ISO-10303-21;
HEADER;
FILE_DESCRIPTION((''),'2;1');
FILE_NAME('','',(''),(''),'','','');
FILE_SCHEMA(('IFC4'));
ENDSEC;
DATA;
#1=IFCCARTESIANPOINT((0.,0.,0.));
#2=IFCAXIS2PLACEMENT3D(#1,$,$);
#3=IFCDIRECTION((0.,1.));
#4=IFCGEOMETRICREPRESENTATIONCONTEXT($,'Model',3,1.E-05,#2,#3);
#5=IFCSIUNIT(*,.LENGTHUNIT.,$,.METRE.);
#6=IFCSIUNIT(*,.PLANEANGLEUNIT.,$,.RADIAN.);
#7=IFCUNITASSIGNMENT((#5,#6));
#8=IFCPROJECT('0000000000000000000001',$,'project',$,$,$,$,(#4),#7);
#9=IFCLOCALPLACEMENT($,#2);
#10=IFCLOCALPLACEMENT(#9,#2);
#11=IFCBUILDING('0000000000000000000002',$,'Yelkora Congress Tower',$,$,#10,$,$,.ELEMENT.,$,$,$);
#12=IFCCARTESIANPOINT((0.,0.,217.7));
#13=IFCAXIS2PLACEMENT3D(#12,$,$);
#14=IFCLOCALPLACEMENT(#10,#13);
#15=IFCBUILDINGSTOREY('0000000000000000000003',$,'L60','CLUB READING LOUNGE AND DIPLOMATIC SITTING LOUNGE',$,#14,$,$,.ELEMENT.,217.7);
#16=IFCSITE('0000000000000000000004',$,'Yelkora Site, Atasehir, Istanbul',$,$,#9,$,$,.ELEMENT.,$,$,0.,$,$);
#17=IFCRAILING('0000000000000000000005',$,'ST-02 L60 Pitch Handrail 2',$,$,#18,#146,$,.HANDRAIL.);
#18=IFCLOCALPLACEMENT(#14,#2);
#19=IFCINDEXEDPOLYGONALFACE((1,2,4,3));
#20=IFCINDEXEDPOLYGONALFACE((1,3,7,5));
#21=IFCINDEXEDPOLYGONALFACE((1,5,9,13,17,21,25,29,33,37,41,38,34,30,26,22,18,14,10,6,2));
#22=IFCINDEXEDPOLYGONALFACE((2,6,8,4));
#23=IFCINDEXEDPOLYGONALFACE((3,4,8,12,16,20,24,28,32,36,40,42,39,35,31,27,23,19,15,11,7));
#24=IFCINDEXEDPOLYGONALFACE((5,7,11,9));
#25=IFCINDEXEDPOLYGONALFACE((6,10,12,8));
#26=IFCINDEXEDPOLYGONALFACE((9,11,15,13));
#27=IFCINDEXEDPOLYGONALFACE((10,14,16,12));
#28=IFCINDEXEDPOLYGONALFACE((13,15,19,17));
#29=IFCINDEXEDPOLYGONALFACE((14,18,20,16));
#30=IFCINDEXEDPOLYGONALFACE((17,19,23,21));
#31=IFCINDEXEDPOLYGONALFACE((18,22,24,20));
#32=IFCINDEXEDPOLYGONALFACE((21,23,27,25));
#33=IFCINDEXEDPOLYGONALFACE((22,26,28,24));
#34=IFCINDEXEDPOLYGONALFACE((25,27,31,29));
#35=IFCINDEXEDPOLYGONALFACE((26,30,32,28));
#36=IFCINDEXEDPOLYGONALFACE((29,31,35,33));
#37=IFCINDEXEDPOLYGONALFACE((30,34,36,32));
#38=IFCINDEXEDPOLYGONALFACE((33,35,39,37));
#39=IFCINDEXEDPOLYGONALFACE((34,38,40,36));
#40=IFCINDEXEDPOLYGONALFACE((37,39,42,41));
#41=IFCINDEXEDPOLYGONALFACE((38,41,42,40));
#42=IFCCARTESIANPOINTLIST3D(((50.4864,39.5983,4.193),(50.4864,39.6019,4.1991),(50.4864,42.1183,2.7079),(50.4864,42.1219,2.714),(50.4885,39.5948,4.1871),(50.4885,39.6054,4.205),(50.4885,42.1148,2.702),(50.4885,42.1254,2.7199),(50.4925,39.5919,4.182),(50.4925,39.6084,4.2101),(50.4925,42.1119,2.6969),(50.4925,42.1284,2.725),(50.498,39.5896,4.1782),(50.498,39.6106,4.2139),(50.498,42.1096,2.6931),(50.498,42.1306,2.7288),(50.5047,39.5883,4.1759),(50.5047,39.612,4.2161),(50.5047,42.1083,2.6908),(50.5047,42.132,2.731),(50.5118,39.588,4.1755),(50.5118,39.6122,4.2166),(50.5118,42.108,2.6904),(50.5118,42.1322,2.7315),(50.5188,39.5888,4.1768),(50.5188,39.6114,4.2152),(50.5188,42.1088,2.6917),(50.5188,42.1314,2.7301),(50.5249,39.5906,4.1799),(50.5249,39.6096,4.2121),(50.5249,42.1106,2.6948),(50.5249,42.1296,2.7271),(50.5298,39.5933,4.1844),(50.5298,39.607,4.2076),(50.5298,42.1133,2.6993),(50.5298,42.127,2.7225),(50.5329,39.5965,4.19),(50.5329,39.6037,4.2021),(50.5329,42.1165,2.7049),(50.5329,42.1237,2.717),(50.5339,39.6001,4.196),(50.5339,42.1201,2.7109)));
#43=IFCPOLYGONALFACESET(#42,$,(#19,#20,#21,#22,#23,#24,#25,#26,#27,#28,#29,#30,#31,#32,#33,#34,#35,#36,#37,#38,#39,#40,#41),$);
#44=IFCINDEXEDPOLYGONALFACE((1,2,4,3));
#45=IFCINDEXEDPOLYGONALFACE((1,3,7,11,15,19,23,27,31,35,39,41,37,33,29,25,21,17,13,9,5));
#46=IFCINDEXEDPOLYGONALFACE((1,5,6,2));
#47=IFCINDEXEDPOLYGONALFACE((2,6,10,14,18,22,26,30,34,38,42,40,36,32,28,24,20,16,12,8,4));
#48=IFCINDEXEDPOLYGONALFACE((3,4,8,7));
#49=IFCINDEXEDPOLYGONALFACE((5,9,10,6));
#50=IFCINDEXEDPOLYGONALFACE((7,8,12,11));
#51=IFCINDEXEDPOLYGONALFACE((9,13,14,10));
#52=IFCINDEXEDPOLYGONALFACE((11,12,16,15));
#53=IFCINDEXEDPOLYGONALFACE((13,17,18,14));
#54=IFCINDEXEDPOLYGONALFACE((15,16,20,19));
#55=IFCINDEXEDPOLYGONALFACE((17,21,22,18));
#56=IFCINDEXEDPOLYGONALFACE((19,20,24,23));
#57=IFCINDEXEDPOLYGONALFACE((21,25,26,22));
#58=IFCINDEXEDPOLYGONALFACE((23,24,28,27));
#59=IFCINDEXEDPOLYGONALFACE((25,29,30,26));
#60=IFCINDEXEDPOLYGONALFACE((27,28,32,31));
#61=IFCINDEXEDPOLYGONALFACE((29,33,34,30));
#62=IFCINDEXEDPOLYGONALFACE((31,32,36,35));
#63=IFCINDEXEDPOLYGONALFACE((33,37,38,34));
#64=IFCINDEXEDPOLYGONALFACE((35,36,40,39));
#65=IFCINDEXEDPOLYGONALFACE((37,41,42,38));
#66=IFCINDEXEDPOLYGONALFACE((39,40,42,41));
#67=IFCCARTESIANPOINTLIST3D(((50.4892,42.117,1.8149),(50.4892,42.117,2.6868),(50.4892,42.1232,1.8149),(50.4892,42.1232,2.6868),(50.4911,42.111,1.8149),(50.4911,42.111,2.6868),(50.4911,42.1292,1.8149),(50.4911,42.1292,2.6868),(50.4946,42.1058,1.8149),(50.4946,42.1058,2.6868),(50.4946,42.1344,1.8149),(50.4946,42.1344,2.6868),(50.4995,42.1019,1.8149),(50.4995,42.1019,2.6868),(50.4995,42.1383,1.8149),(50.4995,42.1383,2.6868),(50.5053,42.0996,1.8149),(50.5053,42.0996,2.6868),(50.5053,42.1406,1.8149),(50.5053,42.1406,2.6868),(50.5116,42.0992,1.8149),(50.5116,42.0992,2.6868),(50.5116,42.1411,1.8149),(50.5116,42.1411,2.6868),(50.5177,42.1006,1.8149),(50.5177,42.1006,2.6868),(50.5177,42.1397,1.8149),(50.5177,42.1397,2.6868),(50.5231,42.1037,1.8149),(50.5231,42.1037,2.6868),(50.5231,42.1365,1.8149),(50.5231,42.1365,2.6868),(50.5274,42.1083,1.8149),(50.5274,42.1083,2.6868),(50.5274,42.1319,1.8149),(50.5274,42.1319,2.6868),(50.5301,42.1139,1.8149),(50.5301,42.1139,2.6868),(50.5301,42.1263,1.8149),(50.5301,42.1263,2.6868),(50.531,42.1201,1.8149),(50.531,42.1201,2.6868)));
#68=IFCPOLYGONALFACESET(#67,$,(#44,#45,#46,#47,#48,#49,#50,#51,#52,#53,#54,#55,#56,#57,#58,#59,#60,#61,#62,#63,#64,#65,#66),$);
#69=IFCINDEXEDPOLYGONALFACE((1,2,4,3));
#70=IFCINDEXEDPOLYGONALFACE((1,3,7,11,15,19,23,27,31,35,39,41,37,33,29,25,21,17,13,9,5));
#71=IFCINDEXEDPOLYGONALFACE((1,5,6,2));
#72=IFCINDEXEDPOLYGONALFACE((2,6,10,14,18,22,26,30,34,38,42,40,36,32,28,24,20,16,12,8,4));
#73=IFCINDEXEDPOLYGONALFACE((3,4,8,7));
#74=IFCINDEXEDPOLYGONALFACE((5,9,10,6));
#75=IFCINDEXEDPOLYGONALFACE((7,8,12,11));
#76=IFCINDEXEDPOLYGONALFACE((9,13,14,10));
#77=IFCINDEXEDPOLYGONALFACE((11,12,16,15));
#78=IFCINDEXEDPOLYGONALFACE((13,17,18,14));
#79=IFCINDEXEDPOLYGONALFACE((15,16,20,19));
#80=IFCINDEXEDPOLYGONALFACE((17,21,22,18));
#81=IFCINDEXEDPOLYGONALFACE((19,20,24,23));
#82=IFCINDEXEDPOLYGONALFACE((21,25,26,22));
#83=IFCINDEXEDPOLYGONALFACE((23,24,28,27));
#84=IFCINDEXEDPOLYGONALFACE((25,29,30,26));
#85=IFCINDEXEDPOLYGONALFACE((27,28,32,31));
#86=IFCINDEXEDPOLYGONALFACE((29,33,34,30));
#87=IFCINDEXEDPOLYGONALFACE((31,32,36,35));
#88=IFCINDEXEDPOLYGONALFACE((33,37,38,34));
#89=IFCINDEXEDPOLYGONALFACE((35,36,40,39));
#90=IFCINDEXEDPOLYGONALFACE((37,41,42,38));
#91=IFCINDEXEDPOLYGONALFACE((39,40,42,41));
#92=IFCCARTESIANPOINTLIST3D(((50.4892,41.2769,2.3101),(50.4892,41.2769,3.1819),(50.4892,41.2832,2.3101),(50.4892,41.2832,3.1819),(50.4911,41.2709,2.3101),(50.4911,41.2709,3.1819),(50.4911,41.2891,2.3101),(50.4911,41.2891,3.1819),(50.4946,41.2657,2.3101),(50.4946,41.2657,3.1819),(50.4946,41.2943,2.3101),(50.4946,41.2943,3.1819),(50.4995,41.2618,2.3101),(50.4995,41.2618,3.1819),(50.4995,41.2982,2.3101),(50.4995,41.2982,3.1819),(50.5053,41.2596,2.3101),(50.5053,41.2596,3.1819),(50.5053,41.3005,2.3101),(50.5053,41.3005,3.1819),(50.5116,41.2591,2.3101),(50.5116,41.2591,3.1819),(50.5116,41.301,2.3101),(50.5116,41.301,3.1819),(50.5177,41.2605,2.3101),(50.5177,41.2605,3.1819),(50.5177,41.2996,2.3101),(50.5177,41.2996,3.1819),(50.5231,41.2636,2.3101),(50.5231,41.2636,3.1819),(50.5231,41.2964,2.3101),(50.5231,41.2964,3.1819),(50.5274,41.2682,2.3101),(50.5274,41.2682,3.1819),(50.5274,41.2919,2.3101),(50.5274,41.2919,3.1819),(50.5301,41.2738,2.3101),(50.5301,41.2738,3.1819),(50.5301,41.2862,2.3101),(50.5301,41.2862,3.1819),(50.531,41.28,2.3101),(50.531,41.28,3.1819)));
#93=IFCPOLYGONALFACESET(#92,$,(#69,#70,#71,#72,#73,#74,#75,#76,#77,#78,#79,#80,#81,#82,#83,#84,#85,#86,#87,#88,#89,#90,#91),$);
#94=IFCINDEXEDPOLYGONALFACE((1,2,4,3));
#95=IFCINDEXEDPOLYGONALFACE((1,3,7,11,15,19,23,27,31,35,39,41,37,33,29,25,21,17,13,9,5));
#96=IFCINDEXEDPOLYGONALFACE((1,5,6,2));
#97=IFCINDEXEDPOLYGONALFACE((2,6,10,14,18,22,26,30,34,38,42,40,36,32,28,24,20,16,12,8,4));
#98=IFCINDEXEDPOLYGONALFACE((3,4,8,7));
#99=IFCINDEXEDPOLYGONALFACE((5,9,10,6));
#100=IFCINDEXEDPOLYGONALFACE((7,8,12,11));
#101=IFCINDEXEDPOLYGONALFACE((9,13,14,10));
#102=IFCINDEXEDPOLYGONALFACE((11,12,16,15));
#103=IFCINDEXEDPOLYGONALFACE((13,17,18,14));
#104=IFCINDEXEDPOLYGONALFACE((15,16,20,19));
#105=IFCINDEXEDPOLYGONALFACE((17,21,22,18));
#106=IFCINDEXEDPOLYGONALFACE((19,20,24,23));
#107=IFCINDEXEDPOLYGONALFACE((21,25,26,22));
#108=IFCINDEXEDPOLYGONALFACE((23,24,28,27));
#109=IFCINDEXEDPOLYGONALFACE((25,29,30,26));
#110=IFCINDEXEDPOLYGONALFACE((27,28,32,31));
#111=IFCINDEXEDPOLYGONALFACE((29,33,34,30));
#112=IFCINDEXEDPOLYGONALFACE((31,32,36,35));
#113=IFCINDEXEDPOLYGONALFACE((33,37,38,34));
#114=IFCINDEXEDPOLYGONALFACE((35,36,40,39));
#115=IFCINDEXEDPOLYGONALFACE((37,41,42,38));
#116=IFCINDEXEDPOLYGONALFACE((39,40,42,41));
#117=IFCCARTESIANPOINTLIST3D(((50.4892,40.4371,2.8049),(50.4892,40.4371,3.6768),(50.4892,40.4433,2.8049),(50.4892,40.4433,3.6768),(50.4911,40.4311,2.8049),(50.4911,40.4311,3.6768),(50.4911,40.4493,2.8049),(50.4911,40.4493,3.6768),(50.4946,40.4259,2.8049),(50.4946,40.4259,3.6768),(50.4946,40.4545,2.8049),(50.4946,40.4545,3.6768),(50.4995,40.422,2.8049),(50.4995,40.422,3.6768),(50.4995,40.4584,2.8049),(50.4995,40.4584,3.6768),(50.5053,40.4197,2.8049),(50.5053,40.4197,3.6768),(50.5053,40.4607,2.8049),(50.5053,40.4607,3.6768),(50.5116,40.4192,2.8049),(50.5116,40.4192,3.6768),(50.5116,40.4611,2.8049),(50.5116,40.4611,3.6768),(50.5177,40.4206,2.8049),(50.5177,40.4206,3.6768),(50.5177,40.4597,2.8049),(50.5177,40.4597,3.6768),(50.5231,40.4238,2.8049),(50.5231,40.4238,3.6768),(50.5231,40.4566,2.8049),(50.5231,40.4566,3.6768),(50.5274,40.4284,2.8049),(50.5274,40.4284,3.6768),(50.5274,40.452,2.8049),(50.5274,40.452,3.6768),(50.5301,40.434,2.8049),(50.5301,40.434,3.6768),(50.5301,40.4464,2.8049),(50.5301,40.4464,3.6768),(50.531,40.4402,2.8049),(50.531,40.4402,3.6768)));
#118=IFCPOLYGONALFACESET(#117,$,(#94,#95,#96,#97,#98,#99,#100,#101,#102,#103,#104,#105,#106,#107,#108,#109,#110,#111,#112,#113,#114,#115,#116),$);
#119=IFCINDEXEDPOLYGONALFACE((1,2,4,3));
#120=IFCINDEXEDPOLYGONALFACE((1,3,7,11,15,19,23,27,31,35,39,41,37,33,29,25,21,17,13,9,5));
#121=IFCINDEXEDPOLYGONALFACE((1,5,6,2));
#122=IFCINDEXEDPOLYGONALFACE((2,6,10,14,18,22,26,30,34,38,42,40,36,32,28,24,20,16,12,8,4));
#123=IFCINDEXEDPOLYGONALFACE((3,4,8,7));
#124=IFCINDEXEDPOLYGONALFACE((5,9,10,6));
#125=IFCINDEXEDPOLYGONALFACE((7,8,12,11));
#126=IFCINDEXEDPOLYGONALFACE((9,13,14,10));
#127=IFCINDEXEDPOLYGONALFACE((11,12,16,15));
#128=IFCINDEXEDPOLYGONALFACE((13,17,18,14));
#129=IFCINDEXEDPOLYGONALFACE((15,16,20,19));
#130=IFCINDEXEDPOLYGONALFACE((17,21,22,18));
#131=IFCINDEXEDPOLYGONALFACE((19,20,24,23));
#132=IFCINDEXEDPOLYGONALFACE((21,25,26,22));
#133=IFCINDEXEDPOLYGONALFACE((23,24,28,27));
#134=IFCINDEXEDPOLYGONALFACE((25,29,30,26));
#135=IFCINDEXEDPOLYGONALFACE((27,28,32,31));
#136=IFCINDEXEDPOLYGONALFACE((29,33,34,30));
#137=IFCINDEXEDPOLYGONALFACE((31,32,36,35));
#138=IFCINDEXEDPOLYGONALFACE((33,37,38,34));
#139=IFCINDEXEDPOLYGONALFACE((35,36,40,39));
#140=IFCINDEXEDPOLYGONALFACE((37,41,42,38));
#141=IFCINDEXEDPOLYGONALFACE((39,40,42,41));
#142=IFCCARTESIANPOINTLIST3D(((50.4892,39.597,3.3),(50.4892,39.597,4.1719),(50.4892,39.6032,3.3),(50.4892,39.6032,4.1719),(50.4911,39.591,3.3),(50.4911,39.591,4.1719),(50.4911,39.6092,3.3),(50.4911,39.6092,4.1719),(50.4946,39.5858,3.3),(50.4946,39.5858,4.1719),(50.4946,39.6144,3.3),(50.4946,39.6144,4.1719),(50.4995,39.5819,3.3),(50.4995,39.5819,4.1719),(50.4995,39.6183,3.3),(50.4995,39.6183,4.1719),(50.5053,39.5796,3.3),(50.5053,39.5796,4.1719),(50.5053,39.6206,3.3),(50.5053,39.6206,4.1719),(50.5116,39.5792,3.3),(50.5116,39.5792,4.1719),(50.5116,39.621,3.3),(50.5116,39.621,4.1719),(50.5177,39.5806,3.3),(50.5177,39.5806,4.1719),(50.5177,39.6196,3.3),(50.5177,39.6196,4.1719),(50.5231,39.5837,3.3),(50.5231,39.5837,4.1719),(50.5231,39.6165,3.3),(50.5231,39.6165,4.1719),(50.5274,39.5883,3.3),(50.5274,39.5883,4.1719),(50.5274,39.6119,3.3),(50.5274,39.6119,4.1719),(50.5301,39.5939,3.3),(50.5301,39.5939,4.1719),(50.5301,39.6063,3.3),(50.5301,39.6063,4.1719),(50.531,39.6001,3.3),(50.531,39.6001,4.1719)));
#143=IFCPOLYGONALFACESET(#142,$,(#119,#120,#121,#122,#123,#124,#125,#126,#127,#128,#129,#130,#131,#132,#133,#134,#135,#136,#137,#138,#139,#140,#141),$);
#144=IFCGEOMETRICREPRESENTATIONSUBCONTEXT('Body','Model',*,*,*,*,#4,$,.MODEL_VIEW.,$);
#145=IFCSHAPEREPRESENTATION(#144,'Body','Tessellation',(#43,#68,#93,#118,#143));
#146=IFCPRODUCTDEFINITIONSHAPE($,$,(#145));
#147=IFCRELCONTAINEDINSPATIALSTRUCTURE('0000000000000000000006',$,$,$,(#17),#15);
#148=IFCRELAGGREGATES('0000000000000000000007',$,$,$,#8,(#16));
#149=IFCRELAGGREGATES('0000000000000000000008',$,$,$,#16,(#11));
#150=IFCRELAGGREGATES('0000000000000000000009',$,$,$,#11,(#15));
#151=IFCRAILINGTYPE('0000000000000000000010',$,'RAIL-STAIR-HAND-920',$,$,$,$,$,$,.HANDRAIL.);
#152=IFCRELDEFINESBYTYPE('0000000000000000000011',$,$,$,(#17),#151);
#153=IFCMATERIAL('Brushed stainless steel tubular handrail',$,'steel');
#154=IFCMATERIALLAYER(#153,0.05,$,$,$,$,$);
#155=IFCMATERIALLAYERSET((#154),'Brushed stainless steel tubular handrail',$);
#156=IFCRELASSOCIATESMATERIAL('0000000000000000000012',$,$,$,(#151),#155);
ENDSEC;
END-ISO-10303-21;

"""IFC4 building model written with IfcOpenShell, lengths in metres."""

from ifc_helpers import new_model, si_unit, direction, frame, origin, origin_2d, place, context, subcontext, project, spatial, circle, extrude, material, layer, layer_set, type_object, element, save


model = new_model("IFC4")

# Units and contexts
model_context = context("Model", 3, precision=1e-05, world=origin(), true_north=direction((0.0, 1.0)))
body_context = subcontext(model_context, "Body", "Model", "MODEL_VIEW")
ifc_project = project(units=[si_unit("LENGTHUNIT", "METRE"), si_unit("PLANEANGLEUNIT", "RADIAN")], contexts=[model_context])

# Site, building, storey
site_placement = place(None, origin())
site = spatial("IfcSite", under=ifc_project, at=site_placement, Name="Yelkora Site, Atasehir, Istanbul", CompositionType="ELEMENT", RefElevation=0.0)
building_placement = place(site_placement, origin())
building = spatial("IfcBuilding", under=site, at=building_placement, Name="Yelkora Congress Tower", CompositionType="ELEMENT")
storey_placement = place(building_placement, frame((0.0, 0.0, 217.7)))
storey = spatial("IfcBuildingStorey", under=building, at=storey_placement, Name="L60", Description="CLUB READING LOUNGE AND DIPLOMATIC SITTING LOUNGE", CompositionType="ELEMENT", Elevation=217.7)

# Railing
ifc_material_1 = material(Name="Brushed stainless steel tubular handrail", Category="steel")
ifc_layer_1 = layer(ifc_material_1, 0.05)
ifc_layer_set_1 = layer_set([ifc_layer_1], Name="Brushed stainless steel tubular handrail")
railing_type_1 = type_object("IfcRailingType", Name="RAIL-STAIR-HAND-920", PredefinedType="HANDRAIL", material=ifc_layer_set_1)
railing_1_placement = place(storey_placement, frame((50.51, 42.1201, 1.8149)))
element("IfcRailing", 1, at=railing_1_placement, inside=storey, type_object=railing_type_1, Name="ST-02 L60 Pitch Handrail 2", PredefinedType="HANDRAIL", context=body_context, shape_type="SweptSolid", body=[
    extrude(circle(Radius=0.0239, at=origin_2d()), frame((0.0, 0.0, 0.896), z_axis=(0.0, -0.861524, 0.507717), x_axis=(1.0, 0.0, 0.0)), (0.0, 0.0, 1.0), 2.925),
    extrude(circle(Radius=0.021, at=origin_2d()), origin(), (0.0, 0.0, 1.0), 0.8718),
    extrude(circle(Radius=0.021, at=origin_2d()), frame((0.0, -0.8401, 0.4951)), (0.0, 0.0, 1.0), 0.8718),
    extrude(circle(Radius=0.021, at=origin_2d()), frame((0.0, -1.6799, 0.99)), (0.0, 0.0, 1.0), 0.8718),
    extrude(circle(Radius=0.021, at=origin_2d()), frame((0.0, -2.52, 1.4851)), (0.0, 0.0, 1.0), 0.8718),
])

save(model, "model.ifc")
